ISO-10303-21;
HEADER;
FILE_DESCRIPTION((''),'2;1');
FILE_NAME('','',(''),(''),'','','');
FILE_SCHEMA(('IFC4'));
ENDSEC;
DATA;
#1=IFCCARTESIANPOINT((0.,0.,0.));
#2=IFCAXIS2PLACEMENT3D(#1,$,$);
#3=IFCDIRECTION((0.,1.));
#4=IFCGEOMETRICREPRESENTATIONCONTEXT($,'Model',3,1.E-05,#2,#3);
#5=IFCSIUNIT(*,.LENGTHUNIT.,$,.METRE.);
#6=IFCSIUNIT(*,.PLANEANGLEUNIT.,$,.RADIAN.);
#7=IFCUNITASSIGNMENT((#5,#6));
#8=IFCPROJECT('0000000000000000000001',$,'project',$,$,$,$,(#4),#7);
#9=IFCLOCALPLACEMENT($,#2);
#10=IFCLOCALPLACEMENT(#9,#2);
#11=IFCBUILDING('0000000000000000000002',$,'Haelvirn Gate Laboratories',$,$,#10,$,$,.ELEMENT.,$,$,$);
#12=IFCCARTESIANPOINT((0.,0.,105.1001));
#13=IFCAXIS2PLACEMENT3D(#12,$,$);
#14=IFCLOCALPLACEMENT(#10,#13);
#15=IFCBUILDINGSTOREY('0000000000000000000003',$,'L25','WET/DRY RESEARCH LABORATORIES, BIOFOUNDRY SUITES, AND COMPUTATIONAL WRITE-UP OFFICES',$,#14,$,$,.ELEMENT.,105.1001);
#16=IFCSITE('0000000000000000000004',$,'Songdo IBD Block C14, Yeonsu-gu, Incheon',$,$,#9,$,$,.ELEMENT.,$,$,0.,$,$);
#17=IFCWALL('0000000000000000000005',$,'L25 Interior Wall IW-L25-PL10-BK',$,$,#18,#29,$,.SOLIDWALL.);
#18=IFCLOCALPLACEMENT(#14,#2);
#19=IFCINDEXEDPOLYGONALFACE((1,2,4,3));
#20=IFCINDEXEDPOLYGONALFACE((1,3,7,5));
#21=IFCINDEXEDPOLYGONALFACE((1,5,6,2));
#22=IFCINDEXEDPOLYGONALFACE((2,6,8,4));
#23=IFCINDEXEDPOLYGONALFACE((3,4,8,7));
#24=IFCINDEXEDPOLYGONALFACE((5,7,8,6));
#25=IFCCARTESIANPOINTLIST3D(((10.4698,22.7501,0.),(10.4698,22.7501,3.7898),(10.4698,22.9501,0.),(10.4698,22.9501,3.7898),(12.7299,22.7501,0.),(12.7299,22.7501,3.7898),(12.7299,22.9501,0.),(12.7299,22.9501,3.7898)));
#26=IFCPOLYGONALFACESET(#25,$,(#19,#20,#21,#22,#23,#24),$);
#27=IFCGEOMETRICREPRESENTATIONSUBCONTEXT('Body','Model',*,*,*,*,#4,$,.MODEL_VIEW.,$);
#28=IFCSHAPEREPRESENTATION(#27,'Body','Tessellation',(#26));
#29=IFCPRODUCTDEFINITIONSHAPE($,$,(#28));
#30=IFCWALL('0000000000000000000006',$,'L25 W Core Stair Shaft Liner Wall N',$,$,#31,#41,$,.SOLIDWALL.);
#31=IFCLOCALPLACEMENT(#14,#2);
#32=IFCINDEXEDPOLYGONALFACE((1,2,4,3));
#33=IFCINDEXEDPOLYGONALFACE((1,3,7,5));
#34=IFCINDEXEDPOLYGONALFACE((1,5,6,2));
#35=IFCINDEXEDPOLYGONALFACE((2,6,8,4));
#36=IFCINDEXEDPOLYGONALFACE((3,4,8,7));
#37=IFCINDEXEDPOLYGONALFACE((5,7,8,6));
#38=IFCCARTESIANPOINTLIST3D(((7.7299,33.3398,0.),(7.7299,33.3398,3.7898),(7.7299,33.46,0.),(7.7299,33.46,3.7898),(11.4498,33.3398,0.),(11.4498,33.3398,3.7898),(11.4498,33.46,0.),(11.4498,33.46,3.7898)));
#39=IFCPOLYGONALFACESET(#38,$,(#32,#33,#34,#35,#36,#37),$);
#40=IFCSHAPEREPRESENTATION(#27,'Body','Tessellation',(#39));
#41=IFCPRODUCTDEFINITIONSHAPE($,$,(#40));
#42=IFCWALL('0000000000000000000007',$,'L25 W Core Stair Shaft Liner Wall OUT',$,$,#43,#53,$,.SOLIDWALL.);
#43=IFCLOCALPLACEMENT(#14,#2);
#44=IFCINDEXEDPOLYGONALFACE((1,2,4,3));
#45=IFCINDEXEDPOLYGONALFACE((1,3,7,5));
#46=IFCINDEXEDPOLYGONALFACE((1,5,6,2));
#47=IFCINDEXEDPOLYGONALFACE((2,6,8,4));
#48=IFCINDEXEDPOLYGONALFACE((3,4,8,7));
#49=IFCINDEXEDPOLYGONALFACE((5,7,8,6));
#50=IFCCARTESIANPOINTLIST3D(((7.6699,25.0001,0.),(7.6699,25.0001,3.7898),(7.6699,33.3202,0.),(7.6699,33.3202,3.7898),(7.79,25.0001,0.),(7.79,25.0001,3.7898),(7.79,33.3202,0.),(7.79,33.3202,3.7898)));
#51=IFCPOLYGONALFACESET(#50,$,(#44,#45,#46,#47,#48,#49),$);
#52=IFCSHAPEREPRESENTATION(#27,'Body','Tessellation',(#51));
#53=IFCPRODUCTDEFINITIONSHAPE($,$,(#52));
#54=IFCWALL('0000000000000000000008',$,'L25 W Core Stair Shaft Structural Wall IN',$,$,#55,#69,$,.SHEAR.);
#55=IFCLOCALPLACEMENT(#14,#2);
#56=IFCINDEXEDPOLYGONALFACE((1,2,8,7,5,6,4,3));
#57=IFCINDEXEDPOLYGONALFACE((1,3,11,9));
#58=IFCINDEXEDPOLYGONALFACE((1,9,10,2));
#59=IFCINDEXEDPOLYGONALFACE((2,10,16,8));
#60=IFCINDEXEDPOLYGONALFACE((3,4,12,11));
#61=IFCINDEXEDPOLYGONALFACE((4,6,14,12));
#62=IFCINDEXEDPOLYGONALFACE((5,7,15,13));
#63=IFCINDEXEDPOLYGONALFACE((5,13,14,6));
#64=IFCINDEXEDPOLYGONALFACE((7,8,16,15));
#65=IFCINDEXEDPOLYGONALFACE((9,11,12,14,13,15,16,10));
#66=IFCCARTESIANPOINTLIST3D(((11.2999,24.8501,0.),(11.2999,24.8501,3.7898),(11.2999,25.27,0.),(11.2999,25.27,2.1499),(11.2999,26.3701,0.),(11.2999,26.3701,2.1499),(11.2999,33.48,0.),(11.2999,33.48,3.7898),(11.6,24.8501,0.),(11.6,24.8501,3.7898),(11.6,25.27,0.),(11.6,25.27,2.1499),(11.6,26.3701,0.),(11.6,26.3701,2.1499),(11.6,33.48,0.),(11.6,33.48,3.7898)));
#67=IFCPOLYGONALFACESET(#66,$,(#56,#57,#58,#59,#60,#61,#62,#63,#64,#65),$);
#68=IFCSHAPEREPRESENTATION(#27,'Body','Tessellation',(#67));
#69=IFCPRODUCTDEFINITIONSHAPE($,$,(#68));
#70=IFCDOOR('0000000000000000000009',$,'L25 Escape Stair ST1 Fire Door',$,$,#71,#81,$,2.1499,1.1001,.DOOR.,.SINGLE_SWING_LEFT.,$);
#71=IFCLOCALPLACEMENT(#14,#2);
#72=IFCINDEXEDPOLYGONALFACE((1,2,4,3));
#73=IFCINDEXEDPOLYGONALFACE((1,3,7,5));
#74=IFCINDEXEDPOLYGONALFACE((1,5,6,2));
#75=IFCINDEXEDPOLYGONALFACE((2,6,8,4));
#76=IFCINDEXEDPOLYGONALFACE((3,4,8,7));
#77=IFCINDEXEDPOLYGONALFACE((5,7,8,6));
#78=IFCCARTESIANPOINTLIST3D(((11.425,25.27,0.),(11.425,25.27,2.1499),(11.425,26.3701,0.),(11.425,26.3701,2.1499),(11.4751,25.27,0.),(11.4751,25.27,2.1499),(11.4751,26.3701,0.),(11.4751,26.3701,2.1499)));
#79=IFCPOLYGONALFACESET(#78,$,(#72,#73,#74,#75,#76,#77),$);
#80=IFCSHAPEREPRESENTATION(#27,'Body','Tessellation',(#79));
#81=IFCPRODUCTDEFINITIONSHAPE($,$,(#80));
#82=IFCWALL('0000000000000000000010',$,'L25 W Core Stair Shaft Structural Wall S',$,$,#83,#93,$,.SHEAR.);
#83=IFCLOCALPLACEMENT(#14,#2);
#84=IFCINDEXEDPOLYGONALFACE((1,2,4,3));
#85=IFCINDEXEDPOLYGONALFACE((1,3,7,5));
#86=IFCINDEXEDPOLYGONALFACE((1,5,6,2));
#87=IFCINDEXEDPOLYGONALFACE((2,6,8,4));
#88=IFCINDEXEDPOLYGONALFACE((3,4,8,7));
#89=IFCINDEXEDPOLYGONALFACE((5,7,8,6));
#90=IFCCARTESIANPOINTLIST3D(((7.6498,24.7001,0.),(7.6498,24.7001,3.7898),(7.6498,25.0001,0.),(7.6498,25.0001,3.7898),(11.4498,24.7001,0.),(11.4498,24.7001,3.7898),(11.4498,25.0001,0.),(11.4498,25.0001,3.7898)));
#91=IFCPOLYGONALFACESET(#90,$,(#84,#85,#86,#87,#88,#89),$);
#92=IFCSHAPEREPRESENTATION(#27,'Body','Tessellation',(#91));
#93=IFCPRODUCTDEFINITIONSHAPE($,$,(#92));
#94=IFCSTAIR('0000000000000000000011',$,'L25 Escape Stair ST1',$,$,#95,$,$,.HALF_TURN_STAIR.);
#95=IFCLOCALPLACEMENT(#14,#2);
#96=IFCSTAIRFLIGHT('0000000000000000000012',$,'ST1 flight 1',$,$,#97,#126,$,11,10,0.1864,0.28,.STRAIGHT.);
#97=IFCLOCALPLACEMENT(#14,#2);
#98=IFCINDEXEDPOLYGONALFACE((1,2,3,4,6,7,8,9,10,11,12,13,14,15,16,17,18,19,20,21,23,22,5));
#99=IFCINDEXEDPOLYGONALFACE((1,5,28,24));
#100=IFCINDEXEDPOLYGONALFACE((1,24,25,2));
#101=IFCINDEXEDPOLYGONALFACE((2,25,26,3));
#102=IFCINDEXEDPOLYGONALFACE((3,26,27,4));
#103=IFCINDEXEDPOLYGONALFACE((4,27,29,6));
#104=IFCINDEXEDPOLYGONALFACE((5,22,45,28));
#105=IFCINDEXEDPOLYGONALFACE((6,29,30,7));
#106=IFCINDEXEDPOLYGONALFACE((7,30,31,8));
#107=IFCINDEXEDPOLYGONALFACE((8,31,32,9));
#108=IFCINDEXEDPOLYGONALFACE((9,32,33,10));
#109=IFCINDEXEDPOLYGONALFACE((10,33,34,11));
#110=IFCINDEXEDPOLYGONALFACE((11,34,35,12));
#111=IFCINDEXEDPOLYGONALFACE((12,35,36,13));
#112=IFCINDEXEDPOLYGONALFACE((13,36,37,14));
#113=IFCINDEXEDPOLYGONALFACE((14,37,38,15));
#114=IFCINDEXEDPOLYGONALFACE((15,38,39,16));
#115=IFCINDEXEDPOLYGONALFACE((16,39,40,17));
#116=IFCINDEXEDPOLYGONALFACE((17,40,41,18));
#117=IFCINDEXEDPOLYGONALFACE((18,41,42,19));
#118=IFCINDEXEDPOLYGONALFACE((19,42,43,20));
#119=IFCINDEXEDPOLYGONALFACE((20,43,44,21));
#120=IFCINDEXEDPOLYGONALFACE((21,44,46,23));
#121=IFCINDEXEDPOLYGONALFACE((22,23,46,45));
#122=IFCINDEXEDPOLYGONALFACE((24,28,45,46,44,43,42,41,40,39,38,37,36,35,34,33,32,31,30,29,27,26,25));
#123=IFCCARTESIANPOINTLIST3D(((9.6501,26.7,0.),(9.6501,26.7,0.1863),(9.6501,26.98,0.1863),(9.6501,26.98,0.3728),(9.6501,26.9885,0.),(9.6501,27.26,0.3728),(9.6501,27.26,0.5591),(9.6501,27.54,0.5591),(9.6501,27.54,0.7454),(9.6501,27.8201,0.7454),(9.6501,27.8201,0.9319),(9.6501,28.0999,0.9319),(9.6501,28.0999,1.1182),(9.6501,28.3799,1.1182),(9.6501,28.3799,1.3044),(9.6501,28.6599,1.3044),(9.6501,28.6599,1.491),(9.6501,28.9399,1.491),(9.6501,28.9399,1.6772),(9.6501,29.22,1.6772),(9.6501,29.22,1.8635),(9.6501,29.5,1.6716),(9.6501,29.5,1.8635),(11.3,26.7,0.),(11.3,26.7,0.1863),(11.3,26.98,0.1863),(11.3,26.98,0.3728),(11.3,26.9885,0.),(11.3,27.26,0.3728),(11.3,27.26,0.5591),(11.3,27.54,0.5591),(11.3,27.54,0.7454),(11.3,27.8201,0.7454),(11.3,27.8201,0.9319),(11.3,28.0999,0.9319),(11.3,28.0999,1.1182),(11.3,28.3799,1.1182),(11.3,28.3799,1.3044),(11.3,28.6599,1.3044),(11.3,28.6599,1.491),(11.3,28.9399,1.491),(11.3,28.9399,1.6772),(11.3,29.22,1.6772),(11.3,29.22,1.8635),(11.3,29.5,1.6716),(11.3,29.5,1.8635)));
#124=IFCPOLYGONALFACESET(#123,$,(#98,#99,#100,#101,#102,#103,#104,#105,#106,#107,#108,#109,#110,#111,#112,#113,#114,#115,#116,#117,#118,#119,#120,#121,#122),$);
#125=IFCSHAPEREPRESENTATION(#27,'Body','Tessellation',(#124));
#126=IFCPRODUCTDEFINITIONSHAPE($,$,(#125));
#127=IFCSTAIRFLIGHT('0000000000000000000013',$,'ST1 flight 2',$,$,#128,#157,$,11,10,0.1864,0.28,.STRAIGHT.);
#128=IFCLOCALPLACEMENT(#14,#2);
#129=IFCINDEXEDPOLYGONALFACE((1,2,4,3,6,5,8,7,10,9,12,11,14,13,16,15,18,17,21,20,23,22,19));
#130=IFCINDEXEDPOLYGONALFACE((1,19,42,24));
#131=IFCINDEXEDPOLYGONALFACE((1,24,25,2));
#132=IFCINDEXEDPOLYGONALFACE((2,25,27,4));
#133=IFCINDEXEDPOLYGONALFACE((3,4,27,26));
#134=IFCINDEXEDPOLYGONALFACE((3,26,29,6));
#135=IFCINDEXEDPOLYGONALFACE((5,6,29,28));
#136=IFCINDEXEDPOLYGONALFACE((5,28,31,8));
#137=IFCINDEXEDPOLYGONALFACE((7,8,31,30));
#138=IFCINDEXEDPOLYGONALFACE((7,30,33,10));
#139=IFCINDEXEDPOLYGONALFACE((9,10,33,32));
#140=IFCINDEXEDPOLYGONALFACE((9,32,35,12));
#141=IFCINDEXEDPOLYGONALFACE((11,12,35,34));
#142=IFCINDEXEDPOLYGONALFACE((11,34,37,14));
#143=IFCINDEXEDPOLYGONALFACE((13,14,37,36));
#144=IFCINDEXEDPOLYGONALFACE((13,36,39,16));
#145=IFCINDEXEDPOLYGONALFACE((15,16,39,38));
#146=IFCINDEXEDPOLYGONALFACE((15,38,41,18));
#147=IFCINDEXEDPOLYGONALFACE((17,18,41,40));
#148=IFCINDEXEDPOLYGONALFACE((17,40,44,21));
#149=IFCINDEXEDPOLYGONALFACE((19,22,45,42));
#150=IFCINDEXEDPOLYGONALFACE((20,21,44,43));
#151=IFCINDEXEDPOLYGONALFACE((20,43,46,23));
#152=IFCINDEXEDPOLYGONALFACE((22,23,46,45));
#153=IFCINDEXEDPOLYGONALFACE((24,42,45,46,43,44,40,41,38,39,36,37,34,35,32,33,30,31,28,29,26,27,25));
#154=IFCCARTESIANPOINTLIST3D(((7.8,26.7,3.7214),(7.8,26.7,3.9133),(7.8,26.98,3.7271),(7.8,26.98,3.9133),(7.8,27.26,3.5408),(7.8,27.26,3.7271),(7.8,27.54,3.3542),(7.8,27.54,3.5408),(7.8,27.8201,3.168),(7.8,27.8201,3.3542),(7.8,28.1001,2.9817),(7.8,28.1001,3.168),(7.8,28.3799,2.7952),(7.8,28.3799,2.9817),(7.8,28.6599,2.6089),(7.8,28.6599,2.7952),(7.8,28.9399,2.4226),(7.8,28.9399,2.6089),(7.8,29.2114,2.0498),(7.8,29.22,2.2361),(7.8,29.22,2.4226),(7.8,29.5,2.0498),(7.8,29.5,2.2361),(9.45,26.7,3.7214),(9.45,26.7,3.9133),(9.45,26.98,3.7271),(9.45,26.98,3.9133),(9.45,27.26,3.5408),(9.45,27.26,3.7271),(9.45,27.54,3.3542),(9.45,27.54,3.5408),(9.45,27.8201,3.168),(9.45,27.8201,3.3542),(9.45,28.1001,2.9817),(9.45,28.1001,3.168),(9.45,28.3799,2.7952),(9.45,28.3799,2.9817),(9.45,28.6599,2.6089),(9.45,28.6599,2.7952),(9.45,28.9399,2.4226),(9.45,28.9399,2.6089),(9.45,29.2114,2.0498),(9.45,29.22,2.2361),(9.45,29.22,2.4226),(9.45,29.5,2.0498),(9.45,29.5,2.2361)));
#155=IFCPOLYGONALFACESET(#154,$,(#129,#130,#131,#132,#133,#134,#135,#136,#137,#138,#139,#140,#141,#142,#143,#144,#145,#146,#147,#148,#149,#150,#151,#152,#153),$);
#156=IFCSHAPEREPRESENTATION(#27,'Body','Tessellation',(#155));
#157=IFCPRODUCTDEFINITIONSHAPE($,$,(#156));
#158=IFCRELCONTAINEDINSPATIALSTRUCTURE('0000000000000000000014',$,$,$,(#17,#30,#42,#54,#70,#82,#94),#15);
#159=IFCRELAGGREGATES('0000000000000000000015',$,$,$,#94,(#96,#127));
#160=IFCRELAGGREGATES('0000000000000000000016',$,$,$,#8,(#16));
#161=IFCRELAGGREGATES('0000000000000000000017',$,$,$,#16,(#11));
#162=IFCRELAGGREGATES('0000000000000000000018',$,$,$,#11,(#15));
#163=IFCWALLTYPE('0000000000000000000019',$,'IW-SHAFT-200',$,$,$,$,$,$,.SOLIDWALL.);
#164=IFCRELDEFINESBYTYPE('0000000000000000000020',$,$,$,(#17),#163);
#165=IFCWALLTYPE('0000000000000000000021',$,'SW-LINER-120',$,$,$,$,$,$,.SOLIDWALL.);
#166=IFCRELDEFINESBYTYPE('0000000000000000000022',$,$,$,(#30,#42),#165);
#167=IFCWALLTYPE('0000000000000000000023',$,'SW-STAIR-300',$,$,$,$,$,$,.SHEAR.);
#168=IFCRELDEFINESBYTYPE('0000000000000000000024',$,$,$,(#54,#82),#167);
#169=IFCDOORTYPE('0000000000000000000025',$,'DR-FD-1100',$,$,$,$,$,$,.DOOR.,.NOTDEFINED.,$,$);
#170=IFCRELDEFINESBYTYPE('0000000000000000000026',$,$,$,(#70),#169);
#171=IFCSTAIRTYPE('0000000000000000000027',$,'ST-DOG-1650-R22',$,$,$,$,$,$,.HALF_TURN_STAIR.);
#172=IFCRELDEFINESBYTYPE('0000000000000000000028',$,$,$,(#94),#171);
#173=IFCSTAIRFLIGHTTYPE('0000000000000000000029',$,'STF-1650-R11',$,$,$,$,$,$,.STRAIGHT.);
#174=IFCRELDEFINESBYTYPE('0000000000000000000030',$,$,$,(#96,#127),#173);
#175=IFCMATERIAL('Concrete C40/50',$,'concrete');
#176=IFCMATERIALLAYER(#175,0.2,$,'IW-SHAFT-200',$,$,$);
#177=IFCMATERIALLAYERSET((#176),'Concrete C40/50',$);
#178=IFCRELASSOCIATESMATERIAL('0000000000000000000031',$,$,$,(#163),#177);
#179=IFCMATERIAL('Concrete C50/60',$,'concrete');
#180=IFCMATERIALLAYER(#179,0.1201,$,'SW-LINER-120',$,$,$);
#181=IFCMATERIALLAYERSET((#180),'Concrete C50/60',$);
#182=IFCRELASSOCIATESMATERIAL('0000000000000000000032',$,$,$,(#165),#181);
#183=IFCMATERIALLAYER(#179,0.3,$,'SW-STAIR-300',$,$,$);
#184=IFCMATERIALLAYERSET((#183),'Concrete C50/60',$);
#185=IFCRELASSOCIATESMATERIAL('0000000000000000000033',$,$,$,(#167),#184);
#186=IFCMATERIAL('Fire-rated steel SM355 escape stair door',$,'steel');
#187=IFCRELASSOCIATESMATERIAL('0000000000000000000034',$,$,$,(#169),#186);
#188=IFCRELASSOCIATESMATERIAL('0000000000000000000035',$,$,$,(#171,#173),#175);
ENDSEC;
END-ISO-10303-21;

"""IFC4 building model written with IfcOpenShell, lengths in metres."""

from ifc_helpers import new_model, si_unit, direction, frame, frame_2d, origin, place, context, subcontext, project, spatial, polyline, rectangle, outline, extrude, source, transform, mapped, material, layer, layer_set, type_object, type_shapes, element, fill, aggregate, save


model = new_model("IFC4")

# Units and contexts
model_context = context("Model", 3, precision=1e-05, world=origin(), true_north=direction((0.0, 1.0)))
body_context = subcontext(model_context, "Body", "Model", "MODEL_VIEW")
ifc_project = project(units=[si_unit("LENGTHUNIT", "METRE"), si_unit("PLANEANGLEUNIT", "RADIAN")], contexts=[model_context])

# Site, building, storey
site_placement = place(None, origin())
site = spatial("IfcSite", under=ifc_project, at=site_placement, Name="Songdo IBD Block C14, Yeonsu-gu, Incheon", CompositionType="ELEMENT", RefElevation=0.0)
building_placement = place(site_placement, origin())
building = spatial("IfcBuilding", under=site, at=building_placement, Name="Haelvirn Gate Laboratories", CompositionType="ELEMENT")
storey_placement = place(building_placement, frame((0.0, 0.0, 105.1001)))
storey = spatial("IfcBuildingStorey", under=building, at=storey_placement, Name="L25", Description="WET/DRY RESEARCH LABORATORIES, BIOFOUNDRY SUITES, AND COMPUTATIONAL WRITE-UP OFFICES", CompositionType="ELEMENT", Elevation=105.1001)

# Walls
ifc_material_1 = material(Name="Concrete C40/50", Category="concrete")
ifc_layer_1 = layer(ifc_material_1, 0.2, Name="IW-SHAFT-200")
ifc_layer_set_1 = layer_set([ifc_layer_1], Name="Concrete C40/50")
wall_type_1 = type_object("IfcWallType", Name="IW-SHAFT-200", PredefinedType="SOLIDWALL", material=ifc_layer_set_1)
wall_1_placement = place(storey_placement, frame((10.47, 22.8501, 0.0), z_axis=(0.0, 0.0, 1.0), x_axis=(1.0, 0.0, 0.0)))
element("IfcWall", 1, at=wall_1_placement, inside=storey, type_object=wall_type_1, Name="L25 Interior Wall IW-L25-PL10-BK", PredefinedType="SOLIDWALL", context=body_context, shape_type="SweptSolid", body=[
    extrude(rectangle(XDim=2.26, YDim=0.2, at=frame_2d((1.1299, 0.0))), origin(), (0.0, 0.0, 1.0), 3.7898),
])
ifc_material_2 = material(Name="Concrete C50/60", Category="concrete")
ifc_layer_2 = layer(ifc_material_2, 0.1201, Name="SW-LINER-120")
ifc_layer_set_2 = layer_set([ifc_layer_2], Name="Concrete C50/60")
wall_type_2 = type_object("IfcWallType", Name="SW-LINER-120", PredefinedType="SOLIDWALL", material=ifc_layer_set_2)
wall_2_placement = place(storey_placement, frame((7.73, 33.3999, 0.0), z_axis=(0.0, 0.0, 1.0), x_axis=(1.0, 0.0, 0.0)))
element("IfcWall", 2, at=wall_2_placement, inside=storey, type_object=wall_type_2, Name="L25 W Core Stair Shaft Liner Wall N", PredefinedType="SOLIDWALL", context=body_context, shape_type="SweptSolid", body=[
    extrude(rectangle(XDim=3.72, YDim=0.1201, at=frame_2d((1.8599, 0.0))), origin(), (0.0, 0.0, 1.0), 3.7898),
])
wall_3_placement = place(storey_placement, frame((7.73, 25.0, 0.0), z_axis=(0.0, 0.0, 1.0), x_axis=(0.0, 1.0, 0.0)))
element("IfcWall", 3, at=wall_3_placement, inside=storey, type_object=wall_type_2, Name="L25 W Core Stair Shaft Liner Wall OUT", PredefinedType="SOLIDWALL", context=body_context, shape_type="SweptSolid", body=[
    extrude(rectangle(XDim=8.3201, YDim=0.1201, at=frame_2d((4.1602, 0.0))), origin(), (0.0, 0.0, 1.0), 3.7898),
])

# Wall, opening, door
ifc_layer_3 = layer(ifc_material_2, 0.3, Name="SW-STAIR-300")
ifc_layer_set_3 = layer_set([ifc_layer_3], Name="Concrete C50/60")
wall_type_3 = type_object("IfcWallType", Name="SW-STAIR-300", PredefinedType="SHEAR", material=ifc_layer_set_3)
wall_4_placement = place(storey_placement, frame((11.45, 24.8501, 0.0), z_axis=(0.0, 0.0, 1.0), x_axis=(0.0, 1.0, 0.0)))
wall_4 = element("IfcWall", 4, at=wall_4_placement, inside=storey, type_object=wall_type_3, Name="L25 W Core Stair Shaft Structural Wall IN", PredefinedType="SHEAR", context=body_context, shape_type="SweptSolid", body=[
    extrude(rectangle(XDim=8.6299, YDim=0.3, at=frame_2d((4.3149, 0.0))), origin(), (0.0, 0.0, 1.0), 3.7898),
])
opening_1_placement = place(wall_4_placement, frame((0.4199, 0.0, 0.0)))
opening_1 = element("IfcOpeningElement", 5, at=opening_1_placement, cuts=wall_4, PredefinedType="OPENING", context=body_context, shape_type="SweptSolid", body=[
    extrude(rectangle(XDim=1.1001, YDim=2.1499, at=frame_2d((0.55, 1.075))), frame((0.0, 0.1602, 0.0), z_axis=(0.0, -1.0, 0.0), x_axis=(1.0, 0.0, 0.0)), (0.0, 0.0, 1.0), 0.3201),
])
ifc_material_3 = material(Name="Fire-rated steel SM355 escape stair door", Category="steel")
door_type_1 = type_object("IfcDoorType", Name="DR-FD-1100", OperationType="NOTDEFINED", PredefinedType="DOOR", material=ifc_material_3)
shared_shape_1 = source(origin(), body_context, "Body", "SweptSolid", [
    extrude(rectangle(XDim=1.1001, YDim=2.1499, at=frame_2d((0.55, 1.075))), frame((0.0, 0.0249, 0.0), z_axis=(0.0, -1.0, 0.0), x_axis=(1.0, 0.0, 0.0)), (0.0, 0.0, 1.0), 0.05),
])
type_shapes(door_type_1, [shared_shape_1])
door_1_placement = place(opening_1_placement, origin())
door_1 = element("IfcDoor", 6, at=door_1_placement, inside=storey, type_object=door_type_1, Name="L25 Escape Stair ST1 Fire Door", OperationType="SINGLE_SWING_LEFT", OverallHeight=2.1499, OverallWidth=1.1001, PredefinedType="DOOR", context=body_context, shape_type="MappedRepresentation", body=[
    mapped(shared_shape_1, transform((0.0, 0.0, 0.0), scale=1.0)),
])
fill(opening_1, door_1)

# Wall
wall_5_placement = place(storey_placement, frame((7.6499, 24.8501, 0.0), z_axis=(0.0, 0.0, 1.0), x_axis=(1.0, 0.0, 0.0)))
element("IfcWall", 7, at=wall_5_placement, inside=storey, type_object=wall_type_3, Name="L25 W Core Stair Shaft Structural Wall S", PredefinedType="SHEAR", context=body_context, shape_type="SweptSolid", body=[
    extrude(rectangle(XDim=3.8, YDim=0.3, at=frame_2d((1.8999, 0.0))), origin(), (0.0, 0.0, 1.0), 3.7898),
])

# Stair, stair flights
stair_type = type_object("IfcStairType", Name="ST-DOG-1650-R22", PredefinedType="HALF_TURN_STAIR", material=ifc_material_1)
stair_placement = place(storey_placement, origin())
stair = element("IfcStair", 8, at=stair_placement, inside=storey, type_object=stair_type, Name="L25 Escape Stair ST1", PredefinedType="HALF_TURN_STAIR")
stair_flight_type = type_object("IfcStairFlightType", Name="STF-1650-R11", PredefinedType="STRAIGHT", material=ifc_material_1)
shared_shape_2 = source(origin(), body_context, "Body", "SweptSolid", [
    extrude(outline(polyline([(0.0, 0.0), (0.0, 0.1863), (0.28, 0.1863), (0.28, 0.3728), (0.5601, 0.3728), (0.5601, 0.5591), (0.8401, 0.5591), (0.8401, 0.7454), (1.1201, 0.7454), (1.1201, 0.9319), (1.3999, 0.9319), (1.3999, 1.1182), (1.6799, 1.1182), (1.6799, 1.3044), (1.96, 1.3044), (1.96, 1.491), (2.24, 1.491), (2.24, 1.6772), (2.52, 1.6772), (2.52, 1.8635), (2.8, 1.8635), (2.8, 2.05), (2.8, 1.6716), (0.2886, 0.0), (0.0, 0.0)])), frame((0.0, 0.825, 0.0), z_axis=(0.0, -1.0, 0.0), x_axis=(1.0, 0.0, 0.0)), (0.0, 0.0, 1.0), 1.6499),
])
type_shapes(stair_flight_type, [shared_shape_2])
stair_flight_1_placement = place(storey_placement, frame((10.4751, 26.7, 0.0), z_axis=(0.0, 0.0, 1.0), x_axis=(0.0, 1.0, 0.0)))
stair_flight_1 = element("IfcStairFlight", 9, at=stair_flight_1_placement, type_object=stair_flight_type, Name="ST1 flight 1", NumberOfRisers=11, NumberOfTreads=10, PredefinedType="STRAIGHT", RiserHeight=0.1864, TreadLength=0.28, context=body_context, shape_type="MappedRepresentation", body=[
    mapped(shared_shape_2, transform((0.0, 0.0, 0.0), scale=1.0)),
])
stair_flight_2_placement = place(storey_placement, frame((8.625, 29.5, 2.0498), z_axis=(0.0, 0.0, 1.0), x_axis=(0.0, -1.0, 0.0)))
stair_flight_2 = element("IfcStairFlight", 10, at=stair_flight_2_placement, type_object=stair_flight_type, Name="ST1 flight 2", NumberOfRisers=11, NumberOfTreads=10, PredefinedType="STRAIGHT", RiserHeight=0.1864, TreadLength=0.28, context=body_context, shape_type="MappedRepresentation", body=[
    mapped(shared_shape_2, transform((0.0, 0.0, 0.0), scale=1.0)),
])
aggregate(stair, [stair_flight_1, stair_flight_2])

save(model, "model.ifc")
